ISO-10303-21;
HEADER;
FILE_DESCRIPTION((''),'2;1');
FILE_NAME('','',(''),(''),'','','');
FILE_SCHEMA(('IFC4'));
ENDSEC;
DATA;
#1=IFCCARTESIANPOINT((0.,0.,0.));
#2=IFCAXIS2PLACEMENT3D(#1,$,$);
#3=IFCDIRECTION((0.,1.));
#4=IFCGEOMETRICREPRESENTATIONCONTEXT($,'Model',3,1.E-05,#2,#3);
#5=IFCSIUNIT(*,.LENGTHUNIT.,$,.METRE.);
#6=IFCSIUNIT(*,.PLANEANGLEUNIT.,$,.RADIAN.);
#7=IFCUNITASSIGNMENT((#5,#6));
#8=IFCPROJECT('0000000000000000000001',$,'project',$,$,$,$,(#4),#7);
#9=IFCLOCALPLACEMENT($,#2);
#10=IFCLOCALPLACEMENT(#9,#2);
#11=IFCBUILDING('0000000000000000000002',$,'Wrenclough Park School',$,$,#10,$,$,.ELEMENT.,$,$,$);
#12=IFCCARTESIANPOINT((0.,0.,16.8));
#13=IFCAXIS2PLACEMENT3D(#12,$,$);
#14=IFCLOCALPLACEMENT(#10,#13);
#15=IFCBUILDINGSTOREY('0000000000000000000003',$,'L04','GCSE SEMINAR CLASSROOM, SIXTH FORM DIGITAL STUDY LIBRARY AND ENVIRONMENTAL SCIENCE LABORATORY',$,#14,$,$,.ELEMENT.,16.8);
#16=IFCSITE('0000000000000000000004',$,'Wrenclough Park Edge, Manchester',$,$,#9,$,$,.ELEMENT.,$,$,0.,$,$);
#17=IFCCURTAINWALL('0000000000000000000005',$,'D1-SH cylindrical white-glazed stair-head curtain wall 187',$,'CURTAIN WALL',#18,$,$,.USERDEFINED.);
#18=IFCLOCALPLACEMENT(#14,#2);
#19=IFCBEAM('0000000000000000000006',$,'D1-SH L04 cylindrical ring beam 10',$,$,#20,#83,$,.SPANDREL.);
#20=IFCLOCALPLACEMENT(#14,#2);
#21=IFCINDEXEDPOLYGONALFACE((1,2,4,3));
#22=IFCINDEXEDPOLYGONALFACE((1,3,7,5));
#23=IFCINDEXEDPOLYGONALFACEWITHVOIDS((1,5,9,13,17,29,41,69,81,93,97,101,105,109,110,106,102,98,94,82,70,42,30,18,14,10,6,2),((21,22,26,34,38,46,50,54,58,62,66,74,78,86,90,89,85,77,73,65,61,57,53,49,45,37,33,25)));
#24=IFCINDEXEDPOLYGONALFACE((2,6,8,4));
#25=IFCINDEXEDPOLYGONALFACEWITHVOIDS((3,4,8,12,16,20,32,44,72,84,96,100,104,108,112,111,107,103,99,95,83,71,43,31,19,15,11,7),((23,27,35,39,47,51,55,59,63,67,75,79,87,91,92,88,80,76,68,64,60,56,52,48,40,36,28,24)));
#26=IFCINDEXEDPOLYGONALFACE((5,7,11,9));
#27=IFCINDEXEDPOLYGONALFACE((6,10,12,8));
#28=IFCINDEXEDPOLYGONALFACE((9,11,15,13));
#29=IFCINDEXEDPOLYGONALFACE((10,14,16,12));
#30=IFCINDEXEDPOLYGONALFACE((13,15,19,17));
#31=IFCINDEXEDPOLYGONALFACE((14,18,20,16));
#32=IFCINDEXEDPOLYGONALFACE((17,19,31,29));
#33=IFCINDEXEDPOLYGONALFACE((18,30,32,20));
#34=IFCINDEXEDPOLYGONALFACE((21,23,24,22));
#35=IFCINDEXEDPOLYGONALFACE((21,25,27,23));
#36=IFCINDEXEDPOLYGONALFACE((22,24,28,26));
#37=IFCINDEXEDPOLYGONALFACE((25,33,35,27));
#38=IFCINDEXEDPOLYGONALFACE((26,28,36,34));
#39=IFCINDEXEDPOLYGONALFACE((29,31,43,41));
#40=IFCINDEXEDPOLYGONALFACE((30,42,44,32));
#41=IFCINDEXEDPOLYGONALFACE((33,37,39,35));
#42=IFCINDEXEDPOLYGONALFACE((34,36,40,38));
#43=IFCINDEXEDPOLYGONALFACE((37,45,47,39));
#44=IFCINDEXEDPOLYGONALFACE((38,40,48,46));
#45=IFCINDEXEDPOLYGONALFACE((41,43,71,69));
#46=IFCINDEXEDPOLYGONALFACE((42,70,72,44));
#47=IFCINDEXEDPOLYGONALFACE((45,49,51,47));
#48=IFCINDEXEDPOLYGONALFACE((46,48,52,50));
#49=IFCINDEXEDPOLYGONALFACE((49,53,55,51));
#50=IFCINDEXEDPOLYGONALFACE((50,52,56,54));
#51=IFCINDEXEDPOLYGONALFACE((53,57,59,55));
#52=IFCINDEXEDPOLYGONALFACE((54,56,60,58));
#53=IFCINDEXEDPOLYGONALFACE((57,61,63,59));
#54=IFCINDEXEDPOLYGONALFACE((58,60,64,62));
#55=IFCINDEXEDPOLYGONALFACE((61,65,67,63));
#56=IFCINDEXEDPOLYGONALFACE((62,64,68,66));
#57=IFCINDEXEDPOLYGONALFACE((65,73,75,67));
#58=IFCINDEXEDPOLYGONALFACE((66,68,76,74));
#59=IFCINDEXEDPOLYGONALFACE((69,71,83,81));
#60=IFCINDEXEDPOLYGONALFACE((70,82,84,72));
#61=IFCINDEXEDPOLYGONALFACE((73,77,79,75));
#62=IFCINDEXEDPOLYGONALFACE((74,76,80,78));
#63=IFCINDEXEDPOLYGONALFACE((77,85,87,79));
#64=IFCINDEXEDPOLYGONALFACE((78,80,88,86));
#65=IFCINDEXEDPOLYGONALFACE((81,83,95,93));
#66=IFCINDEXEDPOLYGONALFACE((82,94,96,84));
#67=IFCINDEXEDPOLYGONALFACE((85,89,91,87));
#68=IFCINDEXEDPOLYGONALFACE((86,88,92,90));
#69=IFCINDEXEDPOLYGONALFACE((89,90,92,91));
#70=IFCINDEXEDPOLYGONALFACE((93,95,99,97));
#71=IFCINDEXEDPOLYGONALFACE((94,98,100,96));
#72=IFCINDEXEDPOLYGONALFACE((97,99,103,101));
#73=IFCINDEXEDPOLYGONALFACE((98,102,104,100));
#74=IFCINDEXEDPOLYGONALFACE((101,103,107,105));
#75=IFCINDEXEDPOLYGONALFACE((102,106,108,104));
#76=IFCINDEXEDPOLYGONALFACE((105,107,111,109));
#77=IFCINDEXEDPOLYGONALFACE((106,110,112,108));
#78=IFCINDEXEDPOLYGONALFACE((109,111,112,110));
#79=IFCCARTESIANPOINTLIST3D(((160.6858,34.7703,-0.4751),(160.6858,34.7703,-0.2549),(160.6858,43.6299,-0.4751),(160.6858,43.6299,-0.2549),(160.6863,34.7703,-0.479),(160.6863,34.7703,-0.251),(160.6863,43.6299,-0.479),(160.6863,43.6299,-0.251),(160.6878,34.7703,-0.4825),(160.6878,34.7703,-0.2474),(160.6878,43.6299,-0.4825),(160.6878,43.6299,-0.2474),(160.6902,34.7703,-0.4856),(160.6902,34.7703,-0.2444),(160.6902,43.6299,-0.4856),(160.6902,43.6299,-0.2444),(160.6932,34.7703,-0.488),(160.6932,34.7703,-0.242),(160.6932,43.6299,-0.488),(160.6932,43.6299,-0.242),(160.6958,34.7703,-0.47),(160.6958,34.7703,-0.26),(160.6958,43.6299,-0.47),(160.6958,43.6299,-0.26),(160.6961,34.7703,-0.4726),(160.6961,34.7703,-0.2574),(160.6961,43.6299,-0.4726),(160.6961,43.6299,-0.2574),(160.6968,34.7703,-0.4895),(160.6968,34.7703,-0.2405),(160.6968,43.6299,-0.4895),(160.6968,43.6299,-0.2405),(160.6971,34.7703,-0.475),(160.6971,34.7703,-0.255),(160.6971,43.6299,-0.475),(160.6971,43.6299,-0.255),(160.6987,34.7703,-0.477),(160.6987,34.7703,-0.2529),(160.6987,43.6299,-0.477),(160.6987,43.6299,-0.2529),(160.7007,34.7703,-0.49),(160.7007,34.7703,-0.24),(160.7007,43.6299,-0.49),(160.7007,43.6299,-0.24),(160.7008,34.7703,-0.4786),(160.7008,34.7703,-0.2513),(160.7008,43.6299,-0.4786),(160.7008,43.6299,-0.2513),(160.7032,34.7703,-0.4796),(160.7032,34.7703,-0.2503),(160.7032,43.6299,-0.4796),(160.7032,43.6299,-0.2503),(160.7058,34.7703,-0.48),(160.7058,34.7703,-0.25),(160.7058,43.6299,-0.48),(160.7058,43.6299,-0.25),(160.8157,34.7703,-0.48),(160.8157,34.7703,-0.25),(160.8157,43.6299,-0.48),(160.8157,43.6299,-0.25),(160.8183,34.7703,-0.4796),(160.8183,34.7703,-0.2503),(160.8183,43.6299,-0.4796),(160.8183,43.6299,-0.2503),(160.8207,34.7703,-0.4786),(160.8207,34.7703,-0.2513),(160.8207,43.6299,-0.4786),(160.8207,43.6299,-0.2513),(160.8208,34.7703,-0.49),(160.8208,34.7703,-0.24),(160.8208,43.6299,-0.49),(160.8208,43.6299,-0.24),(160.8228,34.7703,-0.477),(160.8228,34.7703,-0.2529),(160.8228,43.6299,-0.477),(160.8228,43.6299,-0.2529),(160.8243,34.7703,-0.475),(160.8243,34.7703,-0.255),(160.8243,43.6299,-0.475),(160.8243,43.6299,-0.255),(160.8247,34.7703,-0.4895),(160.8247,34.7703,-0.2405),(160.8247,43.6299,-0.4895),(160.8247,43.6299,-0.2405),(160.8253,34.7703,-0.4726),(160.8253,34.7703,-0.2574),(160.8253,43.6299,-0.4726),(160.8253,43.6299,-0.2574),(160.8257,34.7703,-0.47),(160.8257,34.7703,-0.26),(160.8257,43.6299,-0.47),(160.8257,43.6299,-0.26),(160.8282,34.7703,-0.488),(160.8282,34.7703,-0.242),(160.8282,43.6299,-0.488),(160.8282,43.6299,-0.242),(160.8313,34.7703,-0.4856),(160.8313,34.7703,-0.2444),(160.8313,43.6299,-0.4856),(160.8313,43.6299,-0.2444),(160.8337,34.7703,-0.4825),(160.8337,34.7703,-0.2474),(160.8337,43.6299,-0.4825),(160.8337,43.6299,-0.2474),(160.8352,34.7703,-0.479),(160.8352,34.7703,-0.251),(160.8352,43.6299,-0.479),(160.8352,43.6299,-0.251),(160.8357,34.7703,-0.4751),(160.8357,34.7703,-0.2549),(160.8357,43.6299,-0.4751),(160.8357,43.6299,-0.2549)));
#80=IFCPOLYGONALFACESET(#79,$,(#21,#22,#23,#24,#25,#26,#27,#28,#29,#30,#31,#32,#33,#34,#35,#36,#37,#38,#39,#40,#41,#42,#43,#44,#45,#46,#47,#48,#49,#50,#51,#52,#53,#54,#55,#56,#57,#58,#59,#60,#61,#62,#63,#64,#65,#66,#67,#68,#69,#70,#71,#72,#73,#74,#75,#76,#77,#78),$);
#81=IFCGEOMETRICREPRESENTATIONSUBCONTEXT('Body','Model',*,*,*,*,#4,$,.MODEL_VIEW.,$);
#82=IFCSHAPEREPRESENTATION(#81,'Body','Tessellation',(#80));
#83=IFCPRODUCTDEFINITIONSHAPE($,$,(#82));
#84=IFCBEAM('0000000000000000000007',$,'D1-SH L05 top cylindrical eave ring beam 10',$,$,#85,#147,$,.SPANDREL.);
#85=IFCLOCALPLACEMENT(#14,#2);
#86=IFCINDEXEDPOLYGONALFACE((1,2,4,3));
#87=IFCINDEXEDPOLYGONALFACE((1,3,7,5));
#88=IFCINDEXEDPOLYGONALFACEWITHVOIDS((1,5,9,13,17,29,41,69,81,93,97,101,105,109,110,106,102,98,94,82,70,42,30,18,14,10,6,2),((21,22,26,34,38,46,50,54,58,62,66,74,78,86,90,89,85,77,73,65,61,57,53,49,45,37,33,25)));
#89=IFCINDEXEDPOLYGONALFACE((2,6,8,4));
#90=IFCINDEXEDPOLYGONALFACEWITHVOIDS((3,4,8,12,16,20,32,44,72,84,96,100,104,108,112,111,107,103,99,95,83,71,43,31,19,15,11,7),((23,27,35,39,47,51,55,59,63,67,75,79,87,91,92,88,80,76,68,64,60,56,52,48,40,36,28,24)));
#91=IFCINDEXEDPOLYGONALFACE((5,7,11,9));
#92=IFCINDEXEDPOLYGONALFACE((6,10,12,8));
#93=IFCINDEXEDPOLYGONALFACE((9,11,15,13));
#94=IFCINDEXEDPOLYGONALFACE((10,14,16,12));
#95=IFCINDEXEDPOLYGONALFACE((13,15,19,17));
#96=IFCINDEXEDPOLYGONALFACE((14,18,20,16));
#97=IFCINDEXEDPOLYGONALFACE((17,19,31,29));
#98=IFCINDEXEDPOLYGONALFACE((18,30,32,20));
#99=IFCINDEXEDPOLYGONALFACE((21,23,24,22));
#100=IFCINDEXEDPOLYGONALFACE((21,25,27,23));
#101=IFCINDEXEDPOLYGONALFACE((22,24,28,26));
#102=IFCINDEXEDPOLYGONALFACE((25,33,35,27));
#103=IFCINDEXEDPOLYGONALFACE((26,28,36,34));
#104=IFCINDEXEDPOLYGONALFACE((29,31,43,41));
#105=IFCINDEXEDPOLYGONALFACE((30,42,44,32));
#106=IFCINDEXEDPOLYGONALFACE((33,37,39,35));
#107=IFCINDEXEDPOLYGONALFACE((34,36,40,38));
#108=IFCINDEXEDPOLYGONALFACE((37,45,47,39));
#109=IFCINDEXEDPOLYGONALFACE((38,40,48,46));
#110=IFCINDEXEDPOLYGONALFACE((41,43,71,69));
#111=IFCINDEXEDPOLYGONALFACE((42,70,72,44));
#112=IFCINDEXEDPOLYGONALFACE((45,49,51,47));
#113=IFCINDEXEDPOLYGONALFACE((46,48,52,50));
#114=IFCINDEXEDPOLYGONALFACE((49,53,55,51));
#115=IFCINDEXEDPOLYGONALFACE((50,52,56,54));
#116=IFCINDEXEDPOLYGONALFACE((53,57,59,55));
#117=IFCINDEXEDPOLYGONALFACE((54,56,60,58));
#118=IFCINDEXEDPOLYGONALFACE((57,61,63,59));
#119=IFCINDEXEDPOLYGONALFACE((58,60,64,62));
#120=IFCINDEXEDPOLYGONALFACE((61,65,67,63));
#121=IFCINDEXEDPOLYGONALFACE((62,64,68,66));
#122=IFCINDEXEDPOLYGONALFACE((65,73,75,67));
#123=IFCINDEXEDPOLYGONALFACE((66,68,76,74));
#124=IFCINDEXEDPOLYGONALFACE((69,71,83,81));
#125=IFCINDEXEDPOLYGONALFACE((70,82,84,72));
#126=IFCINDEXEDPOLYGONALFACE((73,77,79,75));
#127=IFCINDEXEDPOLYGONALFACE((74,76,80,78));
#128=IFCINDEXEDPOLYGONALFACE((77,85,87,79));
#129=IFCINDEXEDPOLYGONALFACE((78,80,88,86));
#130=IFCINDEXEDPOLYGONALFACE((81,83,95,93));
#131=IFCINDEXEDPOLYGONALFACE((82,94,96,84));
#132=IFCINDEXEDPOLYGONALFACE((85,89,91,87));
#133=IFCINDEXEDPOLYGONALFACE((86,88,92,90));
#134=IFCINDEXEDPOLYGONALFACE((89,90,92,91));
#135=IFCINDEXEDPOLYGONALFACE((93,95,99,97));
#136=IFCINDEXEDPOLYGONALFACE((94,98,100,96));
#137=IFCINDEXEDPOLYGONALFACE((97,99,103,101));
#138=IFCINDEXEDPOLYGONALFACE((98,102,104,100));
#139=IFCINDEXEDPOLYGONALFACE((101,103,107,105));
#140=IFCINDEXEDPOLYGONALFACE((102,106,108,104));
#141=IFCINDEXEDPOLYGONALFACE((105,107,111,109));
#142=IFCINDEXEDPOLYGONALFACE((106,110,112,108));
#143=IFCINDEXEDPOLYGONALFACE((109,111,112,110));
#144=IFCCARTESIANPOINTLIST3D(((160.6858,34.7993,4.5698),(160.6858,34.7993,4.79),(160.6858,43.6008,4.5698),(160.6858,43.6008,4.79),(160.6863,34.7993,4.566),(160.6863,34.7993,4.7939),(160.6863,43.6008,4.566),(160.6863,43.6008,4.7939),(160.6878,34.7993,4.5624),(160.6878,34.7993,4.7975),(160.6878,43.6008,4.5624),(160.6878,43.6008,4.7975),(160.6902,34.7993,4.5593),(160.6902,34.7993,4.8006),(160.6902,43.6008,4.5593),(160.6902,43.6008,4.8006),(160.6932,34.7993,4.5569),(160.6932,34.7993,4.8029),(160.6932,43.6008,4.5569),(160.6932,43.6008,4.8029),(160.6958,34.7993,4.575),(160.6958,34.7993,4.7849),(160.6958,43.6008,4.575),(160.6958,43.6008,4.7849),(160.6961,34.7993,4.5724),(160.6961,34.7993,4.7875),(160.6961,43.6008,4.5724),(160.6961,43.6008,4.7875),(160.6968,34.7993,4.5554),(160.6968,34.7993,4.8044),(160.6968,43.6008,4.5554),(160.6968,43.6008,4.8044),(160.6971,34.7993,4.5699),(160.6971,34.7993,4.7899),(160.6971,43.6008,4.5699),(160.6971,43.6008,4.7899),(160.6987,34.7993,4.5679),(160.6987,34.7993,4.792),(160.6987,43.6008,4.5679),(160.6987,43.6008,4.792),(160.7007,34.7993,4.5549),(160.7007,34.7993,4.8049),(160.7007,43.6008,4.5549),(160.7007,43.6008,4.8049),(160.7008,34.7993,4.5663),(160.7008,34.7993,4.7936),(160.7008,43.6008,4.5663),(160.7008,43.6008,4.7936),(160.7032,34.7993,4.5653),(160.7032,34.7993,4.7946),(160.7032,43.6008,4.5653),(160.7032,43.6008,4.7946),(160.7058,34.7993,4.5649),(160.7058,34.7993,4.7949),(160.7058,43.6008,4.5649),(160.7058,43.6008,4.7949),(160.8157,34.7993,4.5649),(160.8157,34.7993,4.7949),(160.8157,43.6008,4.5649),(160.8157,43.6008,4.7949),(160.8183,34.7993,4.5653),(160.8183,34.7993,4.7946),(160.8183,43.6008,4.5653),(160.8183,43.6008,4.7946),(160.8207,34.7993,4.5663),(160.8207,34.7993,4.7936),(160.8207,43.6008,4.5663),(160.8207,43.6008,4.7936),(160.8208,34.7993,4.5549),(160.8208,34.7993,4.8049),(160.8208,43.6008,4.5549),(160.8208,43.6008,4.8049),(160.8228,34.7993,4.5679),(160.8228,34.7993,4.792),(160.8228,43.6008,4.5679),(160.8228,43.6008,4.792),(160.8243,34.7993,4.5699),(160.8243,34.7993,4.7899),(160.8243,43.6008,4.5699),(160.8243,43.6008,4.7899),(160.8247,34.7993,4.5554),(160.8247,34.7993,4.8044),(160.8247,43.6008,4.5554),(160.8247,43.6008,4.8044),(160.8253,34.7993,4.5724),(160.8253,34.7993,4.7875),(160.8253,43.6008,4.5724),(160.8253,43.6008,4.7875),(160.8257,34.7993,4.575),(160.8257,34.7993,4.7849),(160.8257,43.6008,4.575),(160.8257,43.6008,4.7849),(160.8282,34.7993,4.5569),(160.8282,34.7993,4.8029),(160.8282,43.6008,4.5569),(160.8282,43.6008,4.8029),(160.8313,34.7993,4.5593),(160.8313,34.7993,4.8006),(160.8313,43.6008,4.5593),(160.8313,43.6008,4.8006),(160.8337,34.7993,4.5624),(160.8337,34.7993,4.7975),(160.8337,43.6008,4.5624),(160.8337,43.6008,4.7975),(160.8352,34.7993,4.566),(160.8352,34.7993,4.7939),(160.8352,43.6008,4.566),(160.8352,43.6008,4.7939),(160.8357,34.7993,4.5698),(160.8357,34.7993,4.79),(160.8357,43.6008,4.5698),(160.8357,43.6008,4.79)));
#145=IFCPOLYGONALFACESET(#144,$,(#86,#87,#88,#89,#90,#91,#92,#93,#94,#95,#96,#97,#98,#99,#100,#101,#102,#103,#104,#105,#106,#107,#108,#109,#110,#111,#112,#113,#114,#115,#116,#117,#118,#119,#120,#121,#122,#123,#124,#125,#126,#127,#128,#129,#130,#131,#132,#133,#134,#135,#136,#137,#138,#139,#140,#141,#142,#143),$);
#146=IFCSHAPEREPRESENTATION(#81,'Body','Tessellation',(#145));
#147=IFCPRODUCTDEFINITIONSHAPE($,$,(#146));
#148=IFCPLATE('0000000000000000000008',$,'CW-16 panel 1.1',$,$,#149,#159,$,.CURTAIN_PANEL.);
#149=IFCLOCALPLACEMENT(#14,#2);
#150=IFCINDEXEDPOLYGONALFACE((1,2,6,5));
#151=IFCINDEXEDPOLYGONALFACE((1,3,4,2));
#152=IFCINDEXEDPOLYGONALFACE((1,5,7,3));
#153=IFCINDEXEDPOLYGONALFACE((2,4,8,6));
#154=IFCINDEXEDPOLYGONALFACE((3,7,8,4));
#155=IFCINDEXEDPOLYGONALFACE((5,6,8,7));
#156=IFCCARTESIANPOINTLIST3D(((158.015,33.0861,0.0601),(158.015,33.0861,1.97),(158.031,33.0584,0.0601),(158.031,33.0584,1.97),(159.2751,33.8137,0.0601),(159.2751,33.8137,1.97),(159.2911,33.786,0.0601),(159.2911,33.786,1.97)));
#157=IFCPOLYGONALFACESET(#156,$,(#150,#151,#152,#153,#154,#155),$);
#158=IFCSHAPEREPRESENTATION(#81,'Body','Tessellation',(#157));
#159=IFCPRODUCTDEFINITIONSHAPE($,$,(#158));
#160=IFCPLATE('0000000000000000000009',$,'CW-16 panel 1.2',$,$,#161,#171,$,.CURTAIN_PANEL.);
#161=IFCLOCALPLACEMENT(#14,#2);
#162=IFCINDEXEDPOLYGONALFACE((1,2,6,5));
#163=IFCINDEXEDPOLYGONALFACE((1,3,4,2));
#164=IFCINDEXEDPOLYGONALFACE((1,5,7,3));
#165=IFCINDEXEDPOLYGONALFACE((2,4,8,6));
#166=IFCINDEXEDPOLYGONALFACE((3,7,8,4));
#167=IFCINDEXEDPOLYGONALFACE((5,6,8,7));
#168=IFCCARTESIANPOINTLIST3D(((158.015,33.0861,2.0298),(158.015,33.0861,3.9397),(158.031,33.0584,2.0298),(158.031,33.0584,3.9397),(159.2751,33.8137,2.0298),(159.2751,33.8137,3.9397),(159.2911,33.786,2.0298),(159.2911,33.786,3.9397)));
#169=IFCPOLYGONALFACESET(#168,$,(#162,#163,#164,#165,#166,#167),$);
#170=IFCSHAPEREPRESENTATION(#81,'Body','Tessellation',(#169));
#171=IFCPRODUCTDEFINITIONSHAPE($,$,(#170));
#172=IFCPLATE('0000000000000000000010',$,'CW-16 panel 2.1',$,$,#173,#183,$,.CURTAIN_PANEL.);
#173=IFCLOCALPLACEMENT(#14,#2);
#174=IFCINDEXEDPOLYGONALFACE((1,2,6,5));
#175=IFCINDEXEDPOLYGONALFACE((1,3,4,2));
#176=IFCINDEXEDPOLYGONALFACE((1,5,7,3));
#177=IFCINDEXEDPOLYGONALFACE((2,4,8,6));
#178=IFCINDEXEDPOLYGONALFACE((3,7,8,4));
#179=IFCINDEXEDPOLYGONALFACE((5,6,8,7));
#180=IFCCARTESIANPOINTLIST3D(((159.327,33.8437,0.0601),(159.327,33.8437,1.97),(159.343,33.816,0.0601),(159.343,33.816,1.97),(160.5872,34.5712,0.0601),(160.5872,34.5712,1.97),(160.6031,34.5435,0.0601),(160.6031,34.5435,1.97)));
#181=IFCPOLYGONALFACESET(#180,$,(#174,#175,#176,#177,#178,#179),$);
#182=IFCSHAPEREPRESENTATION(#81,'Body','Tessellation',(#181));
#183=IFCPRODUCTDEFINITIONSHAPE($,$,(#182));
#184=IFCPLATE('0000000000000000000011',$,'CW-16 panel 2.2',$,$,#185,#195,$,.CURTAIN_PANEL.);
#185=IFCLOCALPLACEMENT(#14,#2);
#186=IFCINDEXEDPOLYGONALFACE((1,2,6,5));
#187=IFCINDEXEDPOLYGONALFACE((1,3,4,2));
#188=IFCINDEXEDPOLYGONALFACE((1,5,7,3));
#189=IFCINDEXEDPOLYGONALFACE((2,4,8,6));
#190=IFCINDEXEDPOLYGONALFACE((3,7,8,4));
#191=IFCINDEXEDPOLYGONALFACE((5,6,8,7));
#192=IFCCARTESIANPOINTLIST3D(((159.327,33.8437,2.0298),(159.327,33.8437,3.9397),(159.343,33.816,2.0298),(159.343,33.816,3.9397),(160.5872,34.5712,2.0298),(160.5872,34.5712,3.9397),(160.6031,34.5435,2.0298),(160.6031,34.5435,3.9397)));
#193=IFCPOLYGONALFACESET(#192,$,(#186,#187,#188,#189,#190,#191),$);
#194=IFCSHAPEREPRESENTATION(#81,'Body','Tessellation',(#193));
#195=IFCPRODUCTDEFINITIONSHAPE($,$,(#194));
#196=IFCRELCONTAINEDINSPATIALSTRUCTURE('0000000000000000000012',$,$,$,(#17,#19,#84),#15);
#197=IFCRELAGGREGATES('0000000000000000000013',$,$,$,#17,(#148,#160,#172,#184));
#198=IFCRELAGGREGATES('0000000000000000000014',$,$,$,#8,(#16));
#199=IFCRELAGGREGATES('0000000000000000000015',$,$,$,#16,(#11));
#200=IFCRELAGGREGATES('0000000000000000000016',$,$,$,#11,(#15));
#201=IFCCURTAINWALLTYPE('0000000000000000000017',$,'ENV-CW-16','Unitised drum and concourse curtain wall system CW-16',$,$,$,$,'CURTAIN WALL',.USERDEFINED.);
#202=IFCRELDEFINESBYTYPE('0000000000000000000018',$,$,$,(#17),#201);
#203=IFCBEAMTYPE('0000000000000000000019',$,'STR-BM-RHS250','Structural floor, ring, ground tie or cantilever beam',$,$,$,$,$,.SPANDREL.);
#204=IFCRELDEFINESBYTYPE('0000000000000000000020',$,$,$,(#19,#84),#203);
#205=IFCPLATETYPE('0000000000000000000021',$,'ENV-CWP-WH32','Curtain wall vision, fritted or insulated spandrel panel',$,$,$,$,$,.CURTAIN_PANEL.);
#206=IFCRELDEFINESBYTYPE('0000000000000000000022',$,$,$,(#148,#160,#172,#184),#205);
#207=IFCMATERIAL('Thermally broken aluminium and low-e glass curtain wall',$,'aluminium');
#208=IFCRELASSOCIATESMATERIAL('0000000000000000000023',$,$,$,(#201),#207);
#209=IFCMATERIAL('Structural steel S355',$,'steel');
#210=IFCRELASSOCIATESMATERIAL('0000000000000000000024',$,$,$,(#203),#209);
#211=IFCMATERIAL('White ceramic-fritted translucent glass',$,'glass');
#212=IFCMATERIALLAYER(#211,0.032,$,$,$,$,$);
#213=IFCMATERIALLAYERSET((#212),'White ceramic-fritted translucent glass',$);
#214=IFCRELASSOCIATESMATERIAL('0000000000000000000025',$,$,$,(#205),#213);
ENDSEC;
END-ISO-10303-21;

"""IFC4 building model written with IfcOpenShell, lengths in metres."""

from ifc_helpers import new_model, si_unit, direction, frame, origin, origin_2d, place, context, subcontext, project, spatial, rectangle, hollow_rectangle, extrude, material, layer, layer_set, material_profile, profile_set, type_object, element, aggregate, save


model = new_model("IFC4")

# Units and contexts
model_context = context("Model", 3, precision=1e-05, world=origin(), true_north=direction((0.0, 1.0)))
body_context = subcontext(model_context, "Body", "Model", "MODEL_VIEW")
ifc_project = project(units=[si_unit("LENGTHUNIT", "METRE"), si_unit("PLANEANGLEUNIT", "RADIAN")], contexts=[model_context])

# Site, building, storey
site_placement = place(None, origin())
site = spatial("IfcSite", under=ifc_project, at=site_placement, Name="Wrenclough Park Edge, Manchester", CompositionType="ELEMENT", RefElevation=0.0)
building_placement = place(site_placement, origin())
building = spatial("IfcBuilding", under=site, at=building_placement, Name="Wrenclough Park School", CompositionType="ELEMENT")
storey_placement = place(building_placement, frame((0.0, 0.0, 16.8)))
storey = spatial("IfcBuildingStorey", under=building, at=storey_placement, Name="L04", Description="GCSE SEMINAR CLASSROOM, SIXTH FORM DIGITAL STUDY LIBRARY AND ENVIRONMENTAL SCIENCE LABORATORY", CompositionType="ELEMENT", Elevation=16.8)

# Shared definitions
ifc_material_1 = material(Name="Structural steel S355", Category="steel")

# Curtain wall
ifc_material_2 = material(Name="Thermally broken aluminium and low-e glass curtain wall", Category="aluminium")
curtain_wall_type = type_object("IfcCurtainWallType", Name="ENV-CW-16", Description="Unitised drum and concourse curtain wall system CW-16", ElementType="CURTAIN WALL", PredefinedType="USERDEFINED", material=ifc_material_2)
curtain_wall_1_placement = place(storey_placement, origin())
curtain_wall_1 = element("IfcCurtainWall", 1, at=curtain_wall_1_placement, inside=storey, type_object=curtain_wall_type, Name="D1-SH cylindrical white-glazed stair-head curtain wall 187", ObjectType="CURTAIN WALL", PredefinedType="USERDEFINED")

# Beams
ifc_material_profile_1 = material_profile(ifc_material_1, hollow_rectangle(XDim=0.1499, YDim=0.25, WallThickness=0.01, InnerFilletRadius=0.01, OuterFilletRadius=0.0149, at=origin_2d()), Name="RHS 250x150x10.0")
ifc_profile_set_1 = profile_set([ifc_material_profile_1], Name="Structural steel S355")
beam_type = type_object("IfcBeamType", Name="STR-BM-RHS250", Description="Structural floor, ring, ground tie or cantilever beam", PredefinedType="SPANDREL", material=ifc_profile_set_1)
beam_1_placement = place(storey_placement, frame((160.7607, 34.7703, -0.365), z_axis=(0.0, 1.0, 0.0), x_axis=(-1.0, 0.0, 0.0)))
element("IfcBeam", 2, at=beam_1_placement, inside=storey, type_object=beam_type, Name="D1-SH L04 cylindrical ring beam 10", PredefinedType="SPANDREL", context=body_context, shape_type="SweptSolid", body=[
    extrude(hollow_rectangle(XDim=0.1499, YDim=0.25, WallThickness=0.01, InnerFilletRadius=0.01, OuterFilletRadius=0.0149, at=origin_2d()), origin(), (0.0, 0.0, 1.0), 8.8596),
])
beam_2_placement = place(storey_placement, frame((160.7607, 34.7993, 4.6799), z_axis=(0.0, 1.0, 0.0), x_axis=(-1.0, 0.0, 0.0)))
element("IfcBeam", 3, at=beam_2_placement, inside=storey, type_object=beam_type, Name="D1-SH L05 top cylindrical eave ring beam 10", PredefinedType="SPANDREL", context=body_context, shape_type="SweptSolid", body=[
    extrude(hollow_rectangle(XDim=0.1499, YDim=0.25, WallThickness=0.01, InnerFilletRadius=0.01, OuterFilletRadius=0.0149, at=origin_2d()), origin(), (0.0, 0.0, 1.0), 8.8015),
])

# Plates
ifc_material_3 = material(Name="White ceramic-fritted translucent glass", Category="glass")
ifc_layer_1 = layer(ifc_material_3, 0.032)
ifc_layer_set_1 = layer_set([ifc_layer_1], Name="White ceramic-fritted translucent glass")
plate_type_1 = type_object("IfcPlateType", Name="ENV-CWP-WH32", Description="Curtain wall vision, fritted or insulated spandrel panel", PredefinedType="CURTAIN_PANEL", material=ifc_layer_set_1)
plate_1_placement = place(storey_placement, frame((158.6531, 33.436, 0.0601), z_axis=(0.0, 0.0, 1.0), x_axis=(0.866024, 0.500003, 0.0)))
plate_1 = element("IfcPlate", 4, at=plate_1_placement, type_object=plate_type_1, Name="CW-16 panel 1.1", PredefinedType="CURTAIN_PANEL", context=body_context, shape_type="SweptSolid", body=[
    extrude(rectangle(XDim=1.4551, YDim=0.032, at=origin_2d()), origin(), (0.0, 0.0, 1.0), 1.9099),
])
plate_2_placement = place(storey_placement, frame((158.6531, 33.436, 2.0298), z_axis=(0.0, 0.0, 1.0), x_axis=(0.866024, 0.500003, 0.0)))
plate_2 = element("IfcPlate", 5, at=plate_2_placement, type_object=plate_type_1, Name="CW-16 panel 1.2", PredefinedType="CURTAIN_PANEL", context=body_context, shape_type="SweptSolid", body=[
    extrude(rectangle(XDim=1.4551, YDim=0.032, at=origin_2d()), origin(), (0.0, 0.0, 1.0), 1.9099),
])
plate_3_placement = place(storey_placement, frame((159.9651, 34.1936, 0.0601), z_axis=(0.0, 0.0, 1.0), x_axis=(0.866024, 0.500003, 0.0)))
plate_3 = element("IfcPlate", 6, at=plate_3_placement, type_object=plate_type_1, Name="CW-16 panel 2.1", PredefinedType="CURTAIN_PANEL", context=body_context, shape_type="SweptSolid", body=[
    extrude(rectangle(XDim=1.4551, YDim=0.032, at=origin_2d()), origin(), (0.0, 0.0, 1.0), 1.9099),
])
plate_4_placement = place(storey_placement, frame((159.9651, 34.1936, 2.0298), z_axis=(0.0, 0.0, 1.0), x_axis=(0.866024, 0.500003, 0.0)))
plate_4 = element("IfcPlate", 7, at=plate_4_placement, type_object=plate_type_1, Name="CW-16 panel 2.2", PredefinedType="CURTAIN_PANEL", context=body_context, shape_type="SweptSolid", body=[
    extrude(rectangle(XDim=1.4551, YDim=0.032, at=origin_2d()), origin(), (0.0, 0.0, 1.0), 1.9099),
])
aggregate(curtain_wall_1, [plate_1, plate_2, plate_3, plate_4])

save(model, "model.ifc")
